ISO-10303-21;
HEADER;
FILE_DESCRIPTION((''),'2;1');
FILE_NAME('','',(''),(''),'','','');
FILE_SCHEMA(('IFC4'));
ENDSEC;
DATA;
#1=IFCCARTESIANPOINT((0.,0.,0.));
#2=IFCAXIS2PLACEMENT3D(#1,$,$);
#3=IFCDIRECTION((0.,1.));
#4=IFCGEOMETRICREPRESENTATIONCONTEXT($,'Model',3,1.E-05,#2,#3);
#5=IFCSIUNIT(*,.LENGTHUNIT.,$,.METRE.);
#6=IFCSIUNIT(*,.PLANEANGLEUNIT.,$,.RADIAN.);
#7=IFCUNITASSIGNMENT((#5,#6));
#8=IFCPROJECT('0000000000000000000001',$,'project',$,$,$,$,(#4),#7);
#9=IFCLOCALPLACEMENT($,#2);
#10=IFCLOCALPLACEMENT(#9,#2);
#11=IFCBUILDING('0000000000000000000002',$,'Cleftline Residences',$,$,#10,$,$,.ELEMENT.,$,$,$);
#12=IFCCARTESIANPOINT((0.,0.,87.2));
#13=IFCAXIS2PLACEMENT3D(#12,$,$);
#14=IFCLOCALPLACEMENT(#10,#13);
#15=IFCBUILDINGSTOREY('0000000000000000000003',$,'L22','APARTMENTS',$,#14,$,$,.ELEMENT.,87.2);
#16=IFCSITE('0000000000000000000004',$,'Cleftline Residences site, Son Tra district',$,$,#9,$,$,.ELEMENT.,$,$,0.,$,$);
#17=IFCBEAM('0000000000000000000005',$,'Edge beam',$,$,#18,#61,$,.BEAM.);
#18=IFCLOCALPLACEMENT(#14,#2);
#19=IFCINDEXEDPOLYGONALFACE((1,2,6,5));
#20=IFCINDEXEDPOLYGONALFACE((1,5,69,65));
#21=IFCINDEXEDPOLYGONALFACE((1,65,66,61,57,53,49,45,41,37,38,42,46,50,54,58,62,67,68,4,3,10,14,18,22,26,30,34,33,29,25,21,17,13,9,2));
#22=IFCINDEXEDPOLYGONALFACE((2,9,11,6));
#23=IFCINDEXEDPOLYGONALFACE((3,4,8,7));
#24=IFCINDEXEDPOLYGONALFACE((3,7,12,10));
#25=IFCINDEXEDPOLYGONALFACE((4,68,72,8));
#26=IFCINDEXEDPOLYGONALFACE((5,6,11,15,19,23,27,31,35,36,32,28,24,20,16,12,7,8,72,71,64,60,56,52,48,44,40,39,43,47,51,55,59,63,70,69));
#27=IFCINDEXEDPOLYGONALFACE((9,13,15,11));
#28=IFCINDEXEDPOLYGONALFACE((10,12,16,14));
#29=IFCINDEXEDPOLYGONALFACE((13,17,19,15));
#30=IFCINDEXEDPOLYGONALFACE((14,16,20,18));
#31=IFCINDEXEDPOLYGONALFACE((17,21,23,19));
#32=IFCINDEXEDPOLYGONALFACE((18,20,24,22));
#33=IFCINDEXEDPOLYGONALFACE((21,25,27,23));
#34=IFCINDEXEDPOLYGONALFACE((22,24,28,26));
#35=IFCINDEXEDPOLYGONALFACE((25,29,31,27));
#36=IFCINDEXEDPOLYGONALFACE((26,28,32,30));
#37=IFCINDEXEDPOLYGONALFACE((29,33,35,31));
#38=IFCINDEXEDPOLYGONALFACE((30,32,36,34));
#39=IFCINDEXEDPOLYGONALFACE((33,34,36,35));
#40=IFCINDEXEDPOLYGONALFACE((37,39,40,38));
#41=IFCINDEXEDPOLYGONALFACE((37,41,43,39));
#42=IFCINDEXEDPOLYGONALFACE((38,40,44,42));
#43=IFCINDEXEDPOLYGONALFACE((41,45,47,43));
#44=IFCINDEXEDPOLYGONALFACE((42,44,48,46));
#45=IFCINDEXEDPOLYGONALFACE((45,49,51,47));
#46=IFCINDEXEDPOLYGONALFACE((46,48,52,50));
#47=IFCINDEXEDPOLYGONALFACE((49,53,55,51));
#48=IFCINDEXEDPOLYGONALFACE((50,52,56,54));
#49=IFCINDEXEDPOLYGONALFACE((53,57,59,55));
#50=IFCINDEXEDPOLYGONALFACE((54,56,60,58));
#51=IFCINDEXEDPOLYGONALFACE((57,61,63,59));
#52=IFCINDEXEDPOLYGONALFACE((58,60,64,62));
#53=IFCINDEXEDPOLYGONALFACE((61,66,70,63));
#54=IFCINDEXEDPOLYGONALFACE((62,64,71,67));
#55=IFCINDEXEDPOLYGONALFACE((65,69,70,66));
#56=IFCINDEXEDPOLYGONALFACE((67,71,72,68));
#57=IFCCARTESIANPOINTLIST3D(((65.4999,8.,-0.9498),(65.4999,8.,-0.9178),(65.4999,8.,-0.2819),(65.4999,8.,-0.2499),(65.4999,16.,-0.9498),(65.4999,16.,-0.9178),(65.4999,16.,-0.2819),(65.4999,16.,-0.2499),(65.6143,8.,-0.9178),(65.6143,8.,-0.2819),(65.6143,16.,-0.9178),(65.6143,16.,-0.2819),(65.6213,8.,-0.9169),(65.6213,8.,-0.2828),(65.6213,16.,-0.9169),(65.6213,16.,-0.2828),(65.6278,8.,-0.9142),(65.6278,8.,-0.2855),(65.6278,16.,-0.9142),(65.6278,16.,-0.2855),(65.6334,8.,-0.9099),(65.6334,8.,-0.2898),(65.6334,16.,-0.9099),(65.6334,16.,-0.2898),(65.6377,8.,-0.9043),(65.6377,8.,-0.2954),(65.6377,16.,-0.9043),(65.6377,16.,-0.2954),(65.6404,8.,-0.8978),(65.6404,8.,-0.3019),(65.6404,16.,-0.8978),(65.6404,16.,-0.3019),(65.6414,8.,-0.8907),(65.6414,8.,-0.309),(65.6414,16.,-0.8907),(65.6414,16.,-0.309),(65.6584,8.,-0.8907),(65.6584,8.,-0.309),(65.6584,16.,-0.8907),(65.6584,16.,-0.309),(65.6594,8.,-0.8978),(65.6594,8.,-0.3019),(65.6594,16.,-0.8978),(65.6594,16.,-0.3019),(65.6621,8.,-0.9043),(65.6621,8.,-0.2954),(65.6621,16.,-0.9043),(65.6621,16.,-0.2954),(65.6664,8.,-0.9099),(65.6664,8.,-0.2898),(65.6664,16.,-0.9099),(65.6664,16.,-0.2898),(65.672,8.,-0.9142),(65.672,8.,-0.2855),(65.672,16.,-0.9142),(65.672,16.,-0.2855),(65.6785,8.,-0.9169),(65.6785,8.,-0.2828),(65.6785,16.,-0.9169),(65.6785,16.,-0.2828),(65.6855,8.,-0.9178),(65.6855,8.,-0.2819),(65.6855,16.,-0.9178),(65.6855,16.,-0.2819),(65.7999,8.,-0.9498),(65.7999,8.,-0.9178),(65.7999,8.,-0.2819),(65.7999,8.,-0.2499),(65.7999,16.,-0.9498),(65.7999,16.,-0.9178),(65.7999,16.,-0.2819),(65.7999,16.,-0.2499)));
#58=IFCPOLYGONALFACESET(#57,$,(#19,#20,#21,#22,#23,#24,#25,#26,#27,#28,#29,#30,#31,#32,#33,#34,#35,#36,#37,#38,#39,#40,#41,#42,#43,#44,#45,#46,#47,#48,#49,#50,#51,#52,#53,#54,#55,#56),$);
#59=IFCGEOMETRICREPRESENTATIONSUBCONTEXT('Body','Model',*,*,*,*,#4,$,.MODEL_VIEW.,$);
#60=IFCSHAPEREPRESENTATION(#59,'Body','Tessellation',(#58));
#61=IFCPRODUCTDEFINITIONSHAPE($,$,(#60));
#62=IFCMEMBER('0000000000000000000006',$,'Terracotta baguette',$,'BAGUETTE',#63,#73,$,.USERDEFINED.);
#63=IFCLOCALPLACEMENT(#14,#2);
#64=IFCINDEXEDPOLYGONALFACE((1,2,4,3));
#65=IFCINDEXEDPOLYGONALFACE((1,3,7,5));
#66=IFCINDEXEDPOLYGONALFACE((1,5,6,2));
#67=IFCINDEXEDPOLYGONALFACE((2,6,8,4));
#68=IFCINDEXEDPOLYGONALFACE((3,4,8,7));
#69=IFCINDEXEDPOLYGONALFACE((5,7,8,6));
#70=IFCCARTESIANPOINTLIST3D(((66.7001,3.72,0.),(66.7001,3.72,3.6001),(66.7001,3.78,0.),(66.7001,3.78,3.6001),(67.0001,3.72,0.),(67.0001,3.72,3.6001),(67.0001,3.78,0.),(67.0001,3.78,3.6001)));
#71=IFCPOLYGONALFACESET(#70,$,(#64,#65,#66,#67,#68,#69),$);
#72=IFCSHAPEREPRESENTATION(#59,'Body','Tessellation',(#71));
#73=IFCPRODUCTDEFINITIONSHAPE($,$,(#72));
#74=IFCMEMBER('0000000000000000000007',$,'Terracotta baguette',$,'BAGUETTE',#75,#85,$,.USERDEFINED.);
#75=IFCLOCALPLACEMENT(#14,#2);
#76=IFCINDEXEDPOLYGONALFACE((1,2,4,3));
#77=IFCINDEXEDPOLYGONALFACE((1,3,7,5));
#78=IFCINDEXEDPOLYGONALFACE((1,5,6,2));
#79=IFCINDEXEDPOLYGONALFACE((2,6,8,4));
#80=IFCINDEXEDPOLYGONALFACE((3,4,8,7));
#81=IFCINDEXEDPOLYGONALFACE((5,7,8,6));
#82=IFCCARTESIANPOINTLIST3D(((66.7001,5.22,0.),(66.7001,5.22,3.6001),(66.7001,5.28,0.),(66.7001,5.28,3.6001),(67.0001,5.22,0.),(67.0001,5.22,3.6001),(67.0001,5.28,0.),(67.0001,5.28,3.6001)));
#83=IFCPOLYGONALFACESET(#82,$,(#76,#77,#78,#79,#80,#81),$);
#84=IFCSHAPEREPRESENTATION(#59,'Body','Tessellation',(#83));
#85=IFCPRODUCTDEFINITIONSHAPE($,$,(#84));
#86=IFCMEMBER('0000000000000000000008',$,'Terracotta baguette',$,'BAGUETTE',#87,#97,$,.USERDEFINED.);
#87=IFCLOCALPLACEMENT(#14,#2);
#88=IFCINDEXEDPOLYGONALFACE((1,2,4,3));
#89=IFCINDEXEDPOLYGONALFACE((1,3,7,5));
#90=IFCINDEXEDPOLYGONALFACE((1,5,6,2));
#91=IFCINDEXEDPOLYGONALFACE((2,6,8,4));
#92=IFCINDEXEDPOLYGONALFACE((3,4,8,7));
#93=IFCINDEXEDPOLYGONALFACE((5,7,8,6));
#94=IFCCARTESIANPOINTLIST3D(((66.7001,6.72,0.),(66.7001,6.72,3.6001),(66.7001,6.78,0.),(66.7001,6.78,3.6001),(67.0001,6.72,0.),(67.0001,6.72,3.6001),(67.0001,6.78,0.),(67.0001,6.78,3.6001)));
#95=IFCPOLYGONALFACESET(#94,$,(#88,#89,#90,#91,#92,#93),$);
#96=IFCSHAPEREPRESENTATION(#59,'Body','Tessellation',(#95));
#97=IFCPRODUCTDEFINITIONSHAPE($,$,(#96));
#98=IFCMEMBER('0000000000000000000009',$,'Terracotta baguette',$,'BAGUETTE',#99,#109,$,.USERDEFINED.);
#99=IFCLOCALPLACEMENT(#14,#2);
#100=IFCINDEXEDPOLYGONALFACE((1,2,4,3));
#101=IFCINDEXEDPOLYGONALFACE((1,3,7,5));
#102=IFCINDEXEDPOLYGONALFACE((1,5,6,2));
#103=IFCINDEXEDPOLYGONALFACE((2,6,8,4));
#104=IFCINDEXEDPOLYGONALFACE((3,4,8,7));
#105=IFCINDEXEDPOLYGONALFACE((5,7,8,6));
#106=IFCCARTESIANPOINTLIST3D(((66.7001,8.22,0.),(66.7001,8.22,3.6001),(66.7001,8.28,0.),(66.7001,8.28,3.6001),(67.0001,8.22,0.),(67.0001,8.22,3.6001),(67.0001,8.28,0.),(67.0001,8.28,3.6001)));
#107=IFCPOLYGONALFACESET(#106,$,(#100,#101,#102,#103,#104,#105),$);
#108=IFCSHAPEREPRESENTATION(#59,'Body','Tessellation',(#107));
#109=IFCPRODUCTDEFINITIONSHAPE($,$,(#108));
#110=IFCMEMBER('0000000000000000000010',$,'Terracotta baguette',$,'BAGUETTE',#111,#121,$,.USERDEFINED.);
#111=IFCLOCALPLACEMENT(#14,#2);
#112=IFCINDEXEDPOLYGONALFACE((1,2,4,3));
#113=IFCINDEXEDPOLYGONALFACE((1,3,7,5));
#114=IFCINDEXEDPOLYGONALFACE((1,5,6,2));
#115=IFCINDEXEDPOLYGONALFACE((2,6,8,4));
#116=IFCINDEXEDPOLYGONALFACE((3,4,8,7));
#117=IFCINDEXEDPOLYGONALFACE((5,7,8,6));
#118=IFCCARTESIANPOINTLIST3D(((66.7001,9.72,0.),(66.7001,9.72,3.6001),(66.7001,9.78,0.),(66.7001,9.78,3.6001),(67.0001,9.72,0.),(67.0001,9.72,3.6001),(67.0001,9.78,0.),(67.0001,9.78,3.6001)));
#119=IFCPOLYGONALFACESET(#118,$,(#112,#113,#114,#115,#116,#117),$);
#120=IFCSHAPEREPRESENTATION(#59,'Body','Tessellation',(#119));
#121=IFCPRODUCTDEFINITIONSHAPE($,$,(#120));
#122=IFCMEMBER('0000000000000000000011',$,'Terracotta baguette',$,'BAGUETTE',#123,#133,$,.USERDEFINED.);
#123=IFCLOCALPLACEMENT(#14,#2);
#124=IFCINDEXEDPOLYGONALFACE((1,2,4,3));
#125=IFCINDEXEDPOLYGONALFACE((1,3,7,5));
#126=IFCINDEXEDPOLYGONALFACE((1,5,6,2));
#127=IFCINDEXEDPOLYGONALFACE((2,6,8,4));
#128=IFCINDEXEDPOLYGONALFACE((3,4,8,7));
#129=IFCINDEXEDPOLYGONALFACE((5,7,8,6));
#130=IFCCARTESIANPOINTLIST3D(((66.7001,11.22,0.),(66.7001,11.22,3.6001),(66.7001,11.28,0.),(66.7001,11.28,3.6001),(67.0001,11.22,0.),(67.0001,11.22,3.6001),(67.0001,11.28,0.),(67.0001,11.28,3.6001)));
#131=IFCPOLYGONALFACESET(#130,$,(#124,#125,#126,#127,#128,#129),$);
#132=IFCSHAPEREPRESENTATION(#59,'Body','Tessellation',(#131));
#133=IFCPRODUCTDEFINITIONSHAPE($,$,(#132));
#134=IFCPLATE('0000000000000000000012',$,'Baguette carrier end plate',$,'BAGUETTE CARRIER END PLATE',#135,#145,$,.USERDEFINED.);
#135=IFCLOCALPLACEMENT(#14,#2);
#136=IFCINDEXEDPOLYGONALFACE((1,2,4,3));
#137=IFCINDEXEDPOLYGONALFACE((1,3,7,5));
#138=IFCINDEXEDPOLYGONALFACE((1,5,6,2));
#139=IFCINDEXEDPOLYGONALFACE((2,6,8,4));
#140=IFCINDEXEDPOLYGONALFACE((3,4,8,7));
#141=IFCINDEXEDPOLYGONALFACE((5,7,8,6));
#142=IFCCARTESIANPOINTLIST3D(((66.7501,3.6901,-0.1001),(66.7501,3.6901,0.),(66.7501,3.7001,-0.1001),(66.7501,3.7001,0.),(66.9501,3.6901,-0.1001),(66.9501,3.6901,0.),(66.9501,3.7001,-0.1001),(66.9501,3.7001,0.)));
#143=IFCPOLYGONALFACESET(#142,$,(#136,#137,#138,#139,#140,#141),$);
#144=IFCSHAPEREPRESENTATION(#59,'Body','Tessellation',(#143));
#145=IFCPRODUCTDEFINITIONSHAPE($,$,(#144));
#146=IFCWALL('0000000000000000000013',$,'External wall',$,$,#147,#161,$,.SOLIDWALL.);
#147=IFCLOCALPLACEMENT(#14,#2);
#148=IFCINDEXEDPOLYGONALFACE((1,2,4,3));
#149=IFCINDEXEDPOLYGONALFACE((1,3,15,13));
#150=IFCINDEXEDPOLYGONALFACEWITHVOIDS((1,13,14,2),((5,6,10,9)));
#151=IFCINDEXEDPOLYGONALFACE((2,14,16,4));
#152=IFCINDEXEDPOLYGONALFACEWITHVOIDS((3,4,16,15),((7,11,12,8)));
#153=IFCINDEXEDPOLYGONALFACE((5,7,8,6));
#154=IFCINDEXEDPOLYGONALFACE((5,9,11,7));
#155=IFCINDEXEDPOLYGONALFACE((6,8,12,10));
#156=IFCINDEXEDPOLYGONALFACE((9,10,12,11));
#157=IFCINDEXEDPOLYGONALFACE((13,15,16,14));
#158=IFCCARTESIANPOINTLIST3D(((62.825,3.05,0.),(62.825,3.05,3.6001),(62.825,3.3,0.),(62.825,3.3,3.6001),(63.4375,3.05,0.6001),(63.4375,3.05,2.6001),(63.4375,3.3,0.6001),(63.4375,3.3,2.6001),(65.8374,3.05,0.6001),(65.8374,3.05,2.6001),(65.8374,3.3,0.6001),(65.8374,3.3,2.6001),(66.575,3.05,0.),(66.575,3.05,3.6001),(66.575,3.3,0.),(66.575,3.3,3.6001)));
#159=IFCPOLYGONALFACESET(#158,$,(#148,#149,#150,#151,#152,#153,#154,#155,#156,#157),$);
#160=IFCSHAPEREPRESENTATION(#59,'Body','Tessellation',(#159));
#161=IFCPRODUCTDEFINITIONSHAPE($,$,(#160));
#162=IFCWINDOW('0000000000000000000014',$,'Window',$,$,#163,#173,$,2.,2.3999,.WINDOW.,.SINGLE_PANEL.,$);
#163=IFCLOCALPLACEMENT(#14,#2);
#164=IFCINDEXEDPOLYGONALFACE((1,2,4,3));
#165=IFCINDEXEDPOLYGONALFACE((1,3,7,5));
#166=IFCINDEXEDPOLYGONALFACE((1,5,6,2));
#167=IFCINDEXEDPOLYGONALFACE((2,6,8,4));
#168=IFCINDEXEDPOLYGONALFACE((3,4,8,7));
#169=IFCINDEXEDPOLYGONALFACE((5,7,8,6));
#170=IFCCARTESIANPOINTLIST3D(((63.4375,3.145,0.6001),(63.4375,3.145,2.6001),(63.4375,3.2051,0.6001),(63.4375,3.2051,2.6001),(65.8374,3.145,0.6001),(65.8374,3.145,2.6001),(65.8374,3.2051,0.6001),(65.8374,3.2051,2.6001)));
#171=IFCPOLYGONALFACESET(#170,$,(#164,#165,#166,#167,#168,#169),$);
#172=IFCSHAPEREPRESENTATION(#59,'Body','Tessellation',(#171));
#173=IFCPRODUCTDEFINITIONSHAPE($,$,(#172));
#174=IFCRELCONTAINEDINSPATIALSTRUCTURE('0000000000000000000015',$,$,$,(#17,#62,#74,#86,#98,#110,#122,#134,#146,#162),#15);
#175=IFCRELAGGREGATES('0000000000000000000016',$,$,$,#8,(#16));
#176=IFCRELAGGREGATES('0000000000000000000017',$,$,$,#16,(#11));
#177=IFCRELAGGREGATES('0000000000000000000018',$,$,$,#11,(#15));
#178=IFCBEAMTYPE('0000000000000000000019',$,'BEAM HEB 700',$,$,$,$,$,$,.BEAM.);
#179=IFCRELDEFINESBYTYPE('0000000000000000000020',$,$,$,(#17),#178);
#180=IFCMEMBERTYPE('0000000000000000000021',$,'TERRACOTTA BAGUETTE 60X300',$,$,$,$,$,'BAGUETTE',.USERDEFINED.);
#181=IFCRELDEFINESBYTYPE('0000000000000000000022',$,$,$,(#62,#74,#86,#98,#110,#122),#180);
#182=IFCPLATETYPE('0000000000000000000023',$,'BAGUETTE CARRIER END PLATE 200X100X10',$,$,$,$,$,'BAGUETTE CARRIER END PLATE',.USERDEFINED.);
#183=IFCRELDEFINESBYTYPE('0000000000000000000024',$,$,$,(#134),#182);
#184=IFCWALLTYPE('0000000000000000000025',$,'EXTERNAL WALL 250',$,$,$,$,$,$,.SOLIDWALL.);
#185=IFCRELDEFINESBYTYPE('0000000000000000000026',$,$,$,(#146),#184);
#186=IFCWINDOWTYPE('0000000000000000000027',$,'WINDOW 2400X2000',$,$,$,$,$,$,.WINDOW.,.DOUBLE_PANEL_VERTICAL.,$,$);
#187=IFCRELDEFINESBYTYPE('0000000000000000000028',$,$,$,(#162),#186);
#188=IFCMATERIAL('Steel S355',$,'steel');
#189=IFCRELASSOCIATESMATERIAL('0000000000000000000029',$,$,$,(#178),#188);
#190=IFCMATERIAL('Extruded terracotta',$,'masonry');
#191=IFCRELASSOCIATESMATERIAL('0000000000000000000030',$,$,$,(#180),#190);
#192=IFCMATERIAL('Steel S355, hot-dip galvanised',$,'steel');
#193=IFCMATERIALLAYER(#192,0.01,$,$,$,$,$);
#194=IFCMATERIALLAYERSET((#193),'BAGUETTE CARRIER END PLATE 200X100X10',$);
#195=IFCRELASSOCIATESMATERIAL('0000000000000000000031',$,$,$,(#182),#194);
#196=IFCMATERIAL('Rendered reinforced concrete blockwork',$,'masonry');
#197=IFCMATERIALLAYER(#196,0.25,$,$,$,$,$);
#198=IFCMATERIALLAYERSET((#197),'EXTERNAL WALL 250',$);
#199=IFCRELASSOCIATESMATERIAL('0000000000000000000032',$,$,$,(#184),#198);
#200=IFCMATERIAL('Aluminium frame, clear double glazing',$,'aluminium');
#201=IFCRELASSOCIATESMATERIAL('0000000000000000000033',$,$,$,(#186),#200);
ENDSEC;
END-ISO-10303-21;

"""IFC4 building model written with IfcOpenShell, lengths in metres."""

from ifc_helpers import new_model, si_unit, direction, frame, frame_2d, origin, origin_2d, place, context, subcontext, project, spatial, rectangle, i_section, extrude, material, layer, layer_set, material_profile, profile_set, type_object, element, fill, save


model = new_model("IFC4")

# Units and contexts
model_context = context("Model", 3, precision=1e-05, world=origin(), true_north=direction((0.0, 1.0)))
body_context = subcontext(model_context, "Body", "Model", "MODEL_VIEW")
ifc_project = project(units=[si_unit("LENGTHUNIT", "METRE"), si_unit("PLANEANGLEUNIT", "RADIAN")], contexts=[model_context])

# Site, building, storey
site_placement = place(None, origin())
site = spatial("IfcSite", under=ifc_project, at=site_placement, Name="Cleftline Residences site, Son Tra district", CompositionType="ELEMENT", RefElevation=0.0)
building_placement = place(site_placement, origin())
building = spatial("IfcBuilding", under=site, at=building_placement, Name="Cleftline Residences", CompositionType="ELEMENT")
storey_placement = place(building_placement, frame((0.0, 0.0, 87.2)))
storey = spatial("IfcBuildingStorey", under=building, at=storey_placement, Name="L22", Description="APARTMENTS", CompositionType="ELEMENT", Elevation=87.2)

# Beam
ifc_material_1 = material(Name="Steel S355", Category="steel")
ifc_material_profile_1 = material_profile(ifc_material_1, i_section(OverallWidth=0.3, OverallDepth=0.7, WebThickness=0.0171, FlangeThickness=0.032, FilletRadius=0.0271, at=origin_2d()))
ifc_profile_set_1 = profile_set([ifc_material_profile_1], Name="Steel S355")
beam_type = type_object("IfcBeamType", Name="BEAM HEB 700", PredefinedType="BEAM", material=ifc_profile_set_1)
beam_placement = place(storey_placement, frame((65.6499, 8.0, -0.5999), z_axis=(0.0, 1.0, 0.0), x_axis=(-1.0, 0.0, 0.0)))
element("IfcBeam", 1, at=beam_placement, inside=storey, type_object=beam_type, Name="Edge beam", PredefinedType="BEAM", context=body_context, shape_type="SweptSolid", body=[
    extrude(i_section(OverallWidth=0.3, OverallDepth=0.7, WebThickness=0.0171, FlangeThickness=0.032, FilletRadius=0.0271, at=origin_2d()), origin(), (0.0, 0.0, 1.0), 8.0),
])

# Members
ifc_material_2 = material(Name="Extruded terracotta", Category="masonry")
ifc_material_profile_2 = material_profile(ifc_material_2, rectangle(XDim=0.0601, YDim=0.3, at=origin_2d()))
ifc_profile_set_2 = profile_set([ifc_material_profile_2], Name="Extruded terracotta")
member_type_1 = type_object("IfcMemberType", Name="TERRACOTTA BAGUETTE 60X300", ElementType="BAGUETTE", PredefinedType="USERDEFINED", material=ifc_profile_set_2)
for number, where, z_axis, x_axis, name in (
    (2, (66.8501, 3.75, 0.0), (0.0, 0.0, 1.0), (0.0, 1.0, 0.0), "Terracotta baguette"),
    (3, (66.8501, 5.25, 0.0), (0.0, 0.0, 1.0), (0.0, 1.0, 0.0), "Terracotta baguette"),
    (4, (66.8501, 6.75, 0.0), (0.0, 0.0, 1.0), (0.0, 1.0, 0.0), "Terracotta baguette"),
    (5, (66.8501, 8.25, 0.0), (0.0, 0.0, 1.0), (0.0, 1.0, 0.0), "Terracotta baguette"),
    (6, (66.8501, 9.75, 0.0), (0.0, 0.0, 1.0), (0.0, 1.0, 0.0), "Terracotta baguette"),
    (7, (66.8501, 11.25, 0.0), (0.0, 0.0, 1.0), (0.0, 1.0, 0.0), "Terracotta baguette"),
):
    element("IfcMember", number, at=place(storey_placement, frame(where, z_axis=z_axis, x_axis=x_axis)), inside=storey, type_object=member_type_1, Name=name, ObjectType="BAGUETTE", PredefinedType="USERDEFINED", context=body_context, shape_type="SweptSolid", body=[
        extrude(rectangle(XDim=0.0601, YDim=0.3, at=origin_2d()), origin(), (0.0, 0.0, 1.0), 3.6001),
    ])

# Plate
ifc_material_3 = material(Name="Steel S355, hot-dip galvanised", Category="steel")
ifc_layer_1 = layer(ifc_material_3, 0.01)
ifc_layer_set_1 = layer_set([ifc_layer_1], Name="BAGUETTE CARRIER END PLATE 200X100X10")
plate_type = type_object("IfcPlateType", Name="BAGUETTE CARRIER END PLATE 200X100X10", ElementType="BAGUETTE CARRIER END PLATE", PredefinedType="USERDEFINED", material=ifc_layer_set_1)
plate_placement = place(storey_placement, frame((66.8501, 3.6951, -0.1001), z_axis=(0.0, 0.0, 1.0), x_axis=(1.0, 0.0, 0.0)))
element("IfcPlate", 8, at=plate_placement, inside=storey, type_object=plate_type, Name="Baguette carrier end plate", ObjectType="BAGUETTE CARRIER END PLATE", PredefinedType="USERDEFINED", context=body_context, shape_type="SweptSolid", body=[
    extrude(rectangle(XDim=0.2, YDim=0.01, at=origin_2d()), origin(), (0.0, 0.0, 1.0), 0.1001),
])

# Wall, opening, window
ifc_material_4 = material(Name="Rendered reinforced concrete blockwork", Category="masonry")
ifc_layer_2 = layer(ifc_material_4, 0.25)
ifc_layer_set_2 = layer_set([ifc_layer_2], Name="EXTERNAL WALL 250")
wall_type = type_object("IfcWallType", Name="EXTERNAL WALL 250", PredefinedType="SOLIDWALL", material=ifc_layer_set_2)
wall_1_placement = place(storey_placement, frame((62.825, 3.175, 0.0), z_axis=(0.0, 0.0, 1.0), x_axis=(1.0, 0.0, 0.0)))
wall_1 = element("IfcWall", 9, at=wall_1_placement, inside=storey, type_object=wall_type, Name="External wall", PredefinedType="SOLIDWALL", context=body_context, shape_type="SweptSolid", body=[
    extrude(rectangle(XDim=3.75, YDim=0.25, at=frame_2d((1.875, 0.0))), origin(), (0.0, 0.0, 1.0), 3.6001),
])
opening_1_placement = place(wall_1_placement, frame((0.6125, 0.0, 0.6001)))
opening_1 = element("IfcOpeningElement", 10, at=opening_1_placement, cuts=wall_1, PredefinedType="OPENING", context=body_context, shape_type="SweptSolid", body=[
    extrude(rectangle(XDim=2.3999, YDim=2.0, at=frame_2d((1.2, 1.0))), frame((0.0, 0.135, 0.0), z_axis=(0.0, -1.0, 0.0), x_axis=(1.0, 0.0, 0.0)), (0.0, 0.0, 1.0), 0.27),
])
ifc_material_5 = material(Name="Aluminium frame, clear double glazing", Category="aluminium")
window_type_1 = type_object("IfcWindowType", Name="WINDOW 2400X2000", PartitioningType="DOUBLE_PANEL_VERTICAL", PredefinedType="WINDOW", material=ifc_material_5)
window_1_placement = place(opening_1_placement, origin())
window_1 = element("IfcWindow", 11, at=window_1_placement, inside=storey, type_object=window_type_1, Name="Window", OverallHeight=2.0, OverallWidth=2.3999, PartitioningType="SINGLE_PANEL", PredefinedType="WINDOW", context=body_context, shape_type="SweptSolid", body=[
    extrude(rectangle(XDim=2.3999, YDim=2.0, at=frame_2d((1.2, 1.0))), frame((0.0, 0.03, 0.0), z_axis=(0.0, -1.0, 0.0), x_axis=(1.0, 0.0, 0.0)), (0.0, 0.0, 1.0), 0.0601),
])
fill(opening_1, window_1)

save(model, "model.ifc")
